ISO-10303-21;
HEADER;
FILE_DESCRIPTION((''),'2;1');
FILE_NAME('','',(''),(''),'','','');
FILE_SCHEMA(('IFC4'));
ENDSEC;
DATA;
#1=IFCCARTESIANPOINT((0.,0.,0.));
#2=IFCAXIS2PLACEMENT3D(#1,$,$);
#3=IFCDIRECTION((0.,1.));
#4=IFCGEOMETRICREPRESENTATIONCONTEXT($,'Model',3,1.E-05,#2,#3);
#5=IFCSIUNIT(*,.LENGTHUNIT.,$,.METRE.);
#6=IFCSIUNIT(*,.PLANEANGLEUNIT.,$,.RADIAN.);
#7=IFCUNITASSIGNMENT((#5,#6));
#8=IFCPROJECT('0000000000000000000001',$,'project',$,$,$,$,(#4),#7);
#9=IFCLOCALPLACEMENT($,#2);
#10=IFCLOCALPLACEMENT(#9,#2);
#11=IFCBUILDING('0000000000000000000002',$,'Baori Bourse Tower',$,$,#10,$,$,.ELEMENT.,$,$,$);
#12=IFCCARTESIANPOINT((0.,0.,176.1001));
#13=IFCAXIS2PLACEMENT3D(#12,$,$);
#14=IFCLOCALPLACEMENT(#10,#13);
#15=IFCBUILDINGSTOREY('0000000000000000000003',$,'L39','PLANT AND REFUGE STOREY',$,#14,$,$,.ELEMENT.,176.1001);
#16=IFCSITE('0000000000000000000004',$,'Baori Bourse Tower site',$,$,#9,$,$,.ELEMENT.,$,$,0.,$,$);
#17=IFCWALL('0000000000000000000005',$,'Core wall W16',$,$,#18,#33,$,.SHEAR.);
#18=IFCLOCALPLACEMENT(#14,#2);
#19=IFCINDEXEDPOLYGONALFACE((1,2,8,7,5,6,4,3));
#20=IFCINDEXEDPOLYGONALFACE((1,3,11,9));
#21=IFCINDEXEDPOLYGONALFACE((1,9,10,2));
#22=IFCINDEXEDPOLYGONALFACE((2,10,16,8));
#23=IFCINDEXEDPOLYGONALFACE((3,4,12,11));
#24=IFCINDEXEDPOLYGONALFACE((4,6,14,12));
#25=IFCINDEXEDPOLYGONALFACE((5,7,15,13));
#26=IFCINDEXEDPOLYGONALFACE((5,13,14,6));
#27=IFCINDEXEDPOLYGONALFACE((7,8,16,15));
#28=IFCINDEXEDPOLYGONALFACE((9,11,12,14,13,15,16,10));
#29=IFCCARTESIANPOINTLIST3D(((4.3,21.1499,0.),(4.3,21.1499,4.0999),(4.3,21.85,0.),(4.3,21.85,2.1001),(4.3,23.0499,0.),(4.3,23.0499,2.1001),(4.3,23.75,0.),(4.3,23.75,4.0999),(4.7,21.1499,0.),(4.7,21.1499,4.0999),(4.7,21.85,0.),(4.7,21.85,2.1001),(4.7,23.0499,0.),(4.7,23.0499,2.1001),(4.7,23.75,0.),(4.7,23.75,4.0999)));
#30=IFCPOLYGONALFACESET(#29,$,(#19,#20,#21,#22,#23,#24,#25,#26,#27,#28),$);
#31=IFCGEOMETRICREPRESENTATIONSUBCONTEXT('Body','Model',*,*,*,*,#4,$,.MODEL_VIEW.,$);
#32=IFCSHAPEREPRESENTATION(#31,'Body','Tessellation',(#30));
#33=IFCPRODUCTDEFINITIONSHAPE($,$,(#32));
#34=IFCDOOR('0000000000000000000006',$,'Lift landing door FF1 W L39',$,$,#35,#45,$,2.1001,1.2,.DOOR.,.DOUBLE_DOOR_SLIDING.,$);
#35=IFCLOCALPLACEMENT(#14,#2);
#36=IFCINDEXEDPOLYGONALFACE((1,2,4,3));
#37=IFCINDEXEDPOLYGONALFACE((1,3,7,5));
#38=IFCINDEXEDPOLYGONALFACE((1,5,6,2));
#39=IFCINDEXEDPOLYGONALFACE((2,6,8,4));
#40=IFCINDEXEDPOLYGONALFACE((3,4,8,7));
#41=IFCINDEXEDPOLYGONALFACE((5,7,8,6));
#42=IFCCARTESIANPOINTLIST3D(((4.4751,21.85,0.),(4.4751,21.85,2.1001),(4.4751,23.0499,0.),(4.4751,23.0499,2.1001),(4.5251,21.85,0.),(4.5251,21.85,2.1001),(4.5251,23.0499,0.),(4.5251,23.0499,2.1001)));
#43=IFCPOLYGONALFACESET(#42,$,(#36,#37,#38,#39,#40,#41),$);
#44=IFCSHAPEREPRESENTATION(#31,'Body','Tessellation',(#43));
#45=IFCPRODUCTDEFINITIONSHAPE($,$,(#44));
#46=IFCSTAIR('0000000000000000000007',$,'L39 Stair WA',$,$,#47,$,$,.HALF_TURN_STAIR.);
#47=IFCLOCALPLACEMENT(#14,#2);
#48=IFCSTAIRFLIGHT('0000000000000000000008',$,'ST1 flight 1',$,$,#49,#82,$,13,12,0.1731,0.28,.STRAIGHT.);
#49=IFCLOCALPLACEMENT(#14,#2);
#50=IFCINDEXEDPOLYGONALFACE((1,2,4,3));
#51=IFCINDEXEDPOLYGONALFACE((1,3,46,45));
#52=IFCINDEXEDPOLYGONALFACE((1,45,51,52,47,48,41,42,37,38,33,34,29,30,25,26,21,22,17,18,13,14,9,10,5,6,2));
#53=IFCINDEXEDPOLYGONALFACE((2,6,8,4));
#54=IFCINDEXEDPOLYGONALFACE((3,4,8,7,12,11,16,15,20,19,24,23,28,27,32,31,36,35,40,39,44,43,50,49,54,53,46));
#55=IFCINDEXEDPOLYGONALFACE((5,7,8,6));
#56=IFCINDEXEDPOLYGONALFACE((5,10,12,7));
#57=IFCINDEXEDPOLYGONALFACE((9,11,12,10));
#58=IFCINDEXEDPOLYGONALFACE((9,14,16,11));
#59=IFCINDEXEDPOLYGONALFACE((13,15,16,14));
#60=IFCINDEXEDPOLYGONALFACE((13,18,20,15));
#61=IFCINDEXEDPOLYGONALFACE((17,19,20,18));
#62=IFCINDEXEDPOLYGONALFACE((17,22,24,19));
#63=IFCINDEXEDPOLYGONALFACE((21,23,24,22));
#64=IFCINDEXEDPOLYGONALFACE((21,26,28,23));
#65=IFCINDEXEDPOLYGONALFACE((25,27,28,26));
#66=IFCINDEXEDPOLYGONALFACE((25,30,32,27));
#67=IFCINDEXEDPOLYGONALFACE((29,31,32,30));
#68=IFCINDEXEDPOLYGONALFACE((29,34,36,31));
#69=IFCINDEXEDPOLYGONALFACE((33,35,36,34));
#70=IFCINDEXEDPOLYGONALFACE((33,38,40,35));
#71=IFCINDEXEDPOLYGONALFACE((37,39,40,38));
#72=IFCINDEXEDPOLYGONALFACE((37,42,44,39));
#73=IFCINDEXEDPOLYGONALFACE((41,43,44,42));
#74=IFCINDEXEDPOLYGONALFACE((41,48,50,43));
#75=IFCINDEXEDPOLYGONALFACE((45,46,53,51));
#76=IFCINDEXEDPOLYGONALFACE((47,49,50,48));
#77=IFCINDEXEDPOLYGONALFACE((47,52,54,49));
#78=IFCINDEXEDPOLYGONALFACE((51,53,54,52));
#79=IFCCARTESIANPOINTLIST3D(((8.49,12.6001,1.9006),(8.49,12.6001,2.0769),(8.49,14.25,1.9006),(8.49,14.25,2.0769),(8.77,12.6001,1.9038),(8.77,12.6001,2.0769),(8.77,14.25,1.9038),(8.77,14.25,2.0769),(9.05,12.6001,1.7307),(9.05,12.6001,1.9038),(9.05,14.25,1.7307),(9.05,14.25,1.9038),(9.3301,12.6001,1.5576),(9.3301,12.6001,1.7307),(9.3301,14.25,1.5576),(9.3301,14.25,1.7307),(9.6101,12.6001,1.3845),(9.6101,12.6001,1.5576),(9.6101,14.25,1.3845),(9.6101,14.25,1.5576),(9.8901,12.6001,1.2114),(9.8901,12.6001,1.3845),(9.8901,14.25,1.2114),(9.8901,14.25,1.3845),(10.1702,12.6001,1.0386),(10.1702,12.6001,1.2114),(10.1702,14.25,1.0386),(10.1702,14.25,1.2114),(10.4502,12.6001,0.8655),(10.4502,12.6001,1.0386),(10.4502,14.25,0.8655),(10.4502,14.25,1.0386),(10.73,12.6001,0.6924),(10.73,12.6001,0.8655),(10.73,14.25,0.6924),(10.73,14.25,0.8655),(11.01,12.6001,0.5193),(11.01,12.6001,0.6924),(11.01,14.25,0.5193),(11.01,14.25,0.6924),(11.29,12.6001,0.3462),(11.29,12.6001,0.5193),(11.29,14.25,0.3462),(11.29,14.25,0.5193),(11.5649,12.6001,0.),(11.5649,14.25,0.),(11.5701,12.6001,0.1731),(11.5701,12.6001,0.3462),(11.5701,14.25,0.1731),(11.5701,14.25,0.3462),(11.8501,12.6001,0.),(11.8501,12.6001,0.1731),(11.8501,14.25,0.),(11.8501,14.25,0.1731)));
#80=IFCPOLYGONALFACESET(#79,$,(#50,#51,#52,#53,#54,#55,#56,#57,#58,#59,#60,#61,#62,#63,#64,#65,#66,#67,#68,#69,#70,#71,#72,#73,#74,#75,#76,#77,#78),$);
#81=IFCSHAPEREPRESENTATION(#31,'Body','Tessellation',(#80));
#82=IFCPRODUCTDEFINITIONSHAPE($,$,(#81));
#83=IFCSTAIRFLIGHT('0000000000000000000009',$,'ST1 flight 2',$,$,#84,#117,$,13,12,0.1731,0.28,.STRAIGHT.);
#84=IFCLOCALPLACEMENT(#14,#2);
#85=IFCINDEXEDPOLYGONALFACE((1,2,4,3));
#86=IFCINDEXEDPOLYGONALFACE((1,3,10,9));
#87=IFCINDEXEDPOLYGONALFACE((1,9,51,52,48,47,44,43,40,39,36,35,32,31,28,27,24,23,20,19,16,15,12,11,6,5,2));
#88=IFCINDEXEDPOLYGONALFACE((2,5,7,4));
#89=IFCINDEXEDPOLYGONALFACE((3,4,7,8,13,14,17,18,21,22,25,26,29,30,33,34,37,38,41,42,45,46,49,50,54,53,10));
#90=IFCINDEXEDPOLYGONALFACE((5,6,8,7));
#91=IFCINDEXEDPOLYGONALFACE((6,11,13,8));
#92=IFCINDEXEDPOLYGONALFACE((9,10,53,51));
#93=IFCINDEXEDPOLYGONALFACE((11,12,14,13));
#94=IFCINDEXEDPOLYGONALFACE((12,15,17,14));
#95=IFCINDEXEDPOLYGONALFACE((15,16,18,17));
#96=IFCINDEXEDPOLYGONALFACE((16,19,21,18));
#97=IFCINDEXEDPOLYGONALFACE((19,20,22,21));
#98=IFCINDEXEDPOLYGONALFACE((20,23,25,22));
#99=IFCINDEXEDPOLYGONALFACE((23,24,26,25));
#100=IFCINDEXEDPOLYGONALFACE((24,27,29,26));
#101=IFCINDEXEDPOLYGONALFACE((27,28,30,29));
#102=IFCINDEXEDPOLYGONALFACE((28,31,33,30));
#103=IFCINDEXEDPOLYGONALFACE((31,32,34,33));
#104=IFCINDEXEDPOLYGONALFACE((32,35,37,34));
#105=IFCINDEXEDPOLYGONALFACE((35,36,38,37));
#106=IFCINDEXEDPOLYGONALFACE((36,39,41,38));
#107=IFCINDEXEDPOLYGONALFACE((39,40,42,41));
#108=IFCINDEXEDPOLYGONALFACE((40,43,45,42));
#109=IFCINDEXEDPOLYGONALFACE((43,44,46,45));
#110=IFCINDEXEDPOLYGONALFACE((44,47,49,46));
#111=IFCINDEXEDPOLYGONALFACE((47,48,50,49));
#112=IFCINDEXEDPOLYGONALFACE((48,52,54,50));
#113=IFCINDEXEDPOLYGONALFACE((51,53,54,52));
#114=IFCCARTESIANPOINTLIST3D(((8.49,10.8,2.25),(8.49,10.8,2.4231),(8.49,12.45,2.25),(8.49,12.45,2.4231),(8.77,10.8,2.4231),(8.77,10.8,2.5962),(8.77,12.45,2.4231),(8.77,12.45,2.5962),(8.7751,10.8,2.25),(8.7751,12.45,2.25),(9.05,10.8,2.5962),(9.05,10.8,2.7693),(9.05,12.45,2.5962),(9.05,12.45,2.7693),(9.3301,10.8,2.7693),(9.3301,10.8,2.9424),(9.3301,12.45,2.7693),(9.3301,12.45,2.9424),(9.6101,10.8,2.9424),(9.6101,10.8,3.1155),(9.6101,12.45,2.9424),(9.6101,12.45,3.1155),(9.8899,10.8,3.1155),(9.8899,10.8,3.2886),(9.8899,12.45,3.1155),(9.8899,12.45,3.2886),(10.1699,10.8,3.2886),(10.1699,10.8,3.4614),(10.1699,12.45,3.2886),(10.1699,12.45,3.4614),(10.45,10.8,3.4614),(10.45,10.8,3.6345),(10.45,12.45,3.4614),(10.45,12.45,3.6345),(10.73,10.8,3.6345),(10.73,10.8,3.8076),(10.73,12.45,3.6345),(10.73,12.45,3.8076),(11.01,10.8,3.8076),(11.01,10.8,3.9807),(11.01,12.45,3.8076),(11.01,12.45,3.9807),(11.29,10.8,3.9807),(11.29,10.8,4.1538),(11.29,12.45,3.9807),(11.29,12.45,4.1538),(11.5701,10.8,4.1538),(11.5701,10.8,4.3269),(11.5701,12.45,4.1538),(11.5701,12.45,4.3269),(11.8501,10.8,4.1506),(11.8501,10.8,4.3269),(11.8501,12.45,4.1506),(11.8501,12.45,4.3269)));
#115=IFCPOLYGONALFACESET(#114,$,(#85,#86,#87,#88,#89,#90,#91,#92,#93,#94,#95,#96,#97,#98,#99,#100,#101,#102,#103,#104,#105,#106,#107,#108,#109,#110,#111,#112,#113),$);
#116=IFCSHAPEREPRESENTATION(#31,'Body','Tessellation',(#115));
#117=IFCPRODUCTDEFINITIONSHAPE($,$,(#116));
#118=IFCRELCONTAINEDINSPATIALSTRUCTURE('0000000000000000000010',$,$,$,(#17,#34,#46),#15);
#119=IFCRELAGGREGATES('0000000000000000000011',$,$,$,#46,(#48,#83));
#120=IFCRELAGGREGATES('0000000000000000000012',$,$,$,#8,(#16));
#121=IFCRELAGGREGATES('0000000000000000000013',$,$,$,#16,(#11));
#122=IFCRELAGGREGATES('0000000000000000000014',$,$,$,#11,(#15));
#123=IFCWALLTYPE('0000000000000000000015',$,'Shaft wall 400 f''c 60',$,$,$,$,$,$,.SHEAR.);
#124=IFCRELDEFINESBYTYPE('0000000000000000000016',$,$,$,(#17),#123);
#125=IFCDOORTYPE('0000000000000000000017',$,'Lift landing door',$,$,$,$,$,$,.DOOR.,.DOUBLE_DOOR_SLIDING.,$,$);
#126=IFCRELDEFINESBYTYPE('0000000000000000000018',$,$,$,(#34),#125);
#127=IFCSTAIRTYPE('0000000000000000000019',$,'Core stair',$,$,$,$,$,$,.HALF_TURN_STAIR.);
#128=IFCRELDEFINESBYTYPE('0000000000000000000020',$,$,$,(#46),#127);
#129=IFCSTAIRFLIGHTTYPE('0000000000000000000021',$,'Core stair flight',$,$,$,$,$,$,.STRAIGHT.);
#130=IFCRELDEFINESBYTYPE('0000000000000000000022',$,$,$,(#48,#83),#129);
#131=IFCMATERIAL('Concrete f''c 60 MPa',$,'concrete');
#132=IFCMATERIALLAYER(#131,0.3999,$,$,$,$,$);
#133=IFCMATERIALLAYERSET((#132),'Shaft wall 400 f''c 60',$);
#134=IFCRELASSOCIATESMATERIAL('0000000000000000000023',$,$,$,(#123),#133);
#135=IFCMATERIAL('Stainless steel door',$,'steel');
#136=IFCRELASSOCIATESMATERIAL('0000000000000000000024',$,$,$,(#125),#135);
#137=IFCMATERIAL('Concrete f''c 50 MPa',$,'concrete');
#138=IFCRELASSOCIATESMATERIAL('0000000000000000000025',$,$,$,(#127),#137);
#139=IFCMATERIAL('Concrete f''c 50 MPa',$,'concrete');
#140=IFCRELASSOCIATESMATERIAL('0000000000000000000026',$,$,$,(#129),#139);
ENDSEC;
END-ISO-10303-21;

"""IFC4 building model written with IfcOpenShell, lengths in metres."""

from ifc_helpers import new_model, si_unit, direction, frame, frame_2d, origin, place, context, subcontext, project, spatial, polyline, rectangle, outline, extrude, material, layer, layer_set, type_object, element, fill, aggregate, save


model = new_model("IFC4")

# Units and contexts
model_context = context("Model", 3, precision=1e-05, world=origin(), true_north=direction((0.0, 1.0)))
body_context = subcontext(model_context, "Body", "Model", "MODEL_VIEW")
ifc_project = project(units=[si_unit("LENGTHUNIT", "METRE"), si_unit("PLANEANGLEUNIT", "RADIAN")], contexts=[model_context])

# Site, building, storey
site_placement = place(None, origin())
site = spatial("IfcSite", under=ifc_project, at=site_placement, Name="Baori Bourse Tower site", CompositionType="ELEMENT", RefElevation=0.0)
building_placement = place(site_placement, origin())
building = spatial("IfcBuilding", under=site, at=building_placement, Name="Baori Bourse Tower", CompositionType="ELEMENT")
storey_placement = place(building_placement, frame((0.0, 0.0, 176.1001)))
storey = spatial("IfcBuildingStorey", under=building, at=storey_placement, Name="L39", Description="PLANT AND REFUGE STOREY", CompositionType="ELEMENT", Elevation=176.1001)

# Shared definitions
ifc_material_1 = material(Name="Concrete f'c 60 MPa", Category="concrete")
ifc_layer_1 = layer(ifc_material_1, 0.3999)
ifc_layer_set_1 = layer_set([ifc_layer_1], Name="Shaft wall 400 f'c 60")
wall_type_1 = type_object("IfcWallType", Name="Shaft wall 400 f'c 60", PredefinedType="SHEAR", material=ifc_layer_set_1)

# Wall, opening, door
wall_1_placement = place(storey_placement, frame((4.5, 21.1499, 0.0), z_axis=(0.0, 0.0, 1.0), x_axis=(0.0, 1.0, 0.0)))
wall_1 = element("IfcWall", 1, at=wall_1_placement, inside=storey, type_object=wall_type_1, Name="Core wall W16", PredefinedType="SHEAR", context=body_context, shape_type="SweptSolid", body=[
    extrude(rectangle(XDim=2.6001, YDim=0.3999, at=frame_2d((1.3, 0.0))), origin(), (0.0, 0.0, 1.0), 4.0999),
])
opening_1_placement = place(wall_1_placement, frame((0.7, 0.0, 0.0)))
opening_1 = element("IfcOpeningElement", 2, at=opening_1_placement, cuts=wall_1, PredefinedType="OPENING", context=body_context, shape_type="SweptSolid", body=[
    extrude(rectangle(XDim=1.2, YDim=2.1001, at=frame_2d((0.6001, 1.05))), frame((0.0, 0.21, 0.0), z_axis=(0.0, -1.0, 0.0), x_axis=(1.0, 0.0, 0.0)), (0.0, 0.0, 1.0), 0.4199),
])
ifc_material_2 = material(Name="Stainless steel door", Category="steel")
door_type_1 = type_object("IfcDoorType", Name="Lift landing door", OperationType="DOUBLE_DOOR_SLIDING", PredefinedType="DOOR", material=ifc_material_2)
door_1_placement = place(opening_1_placement, origin())
door_1 = element("IfcDoor", 3, at=door_1_placement, inside=storey, type_object=door_type_1, Name="Lift landing door FF1 W L39", OperationType="DOUBLE_DOOR_SLIDING", OverallHeight=2.1001, OverallWidth=1.2, PredefinedType="DOOR", context=body_context, shape_type="SweptSolid", body=[
    extrude(rectangle(XDim=1.2, YDim=2.1001, at=frame_2d((0.6001, 1.05))), frame((0.0, 0.0249, 0.0), z_axis=(0.0, -1.0, 0.0), x_axis=(1.0, 0.0, 0.0)), (0.0, 0.0, 1.0), 0.05),
])
fill(opening_1, door_1)

# Stair, stair flights
ifc_material_3 = material(Name="Concrete f'c 50 MPa", Category="concrete")
stair_type = type_object("IfcStairType", Name="Core stair", PredefinedType="HALF_TURN_STAIR", material=ifc_material_3)
stair_placement = place(storey_placement, origin())
stair = element("IfcStair", 4, at=stair_placement, inside=storey, type_object=stair_type, Name="L39 Stair WA", PredefinedType="HALF_TURN_STAIR")
ifc_material_4 = material(Name="Concrete f'c 50 MPa", Category="concrete")
stair_flight_type = type_object("IfcStairFlightType", Name="Core stair flight", PredefinedType="STRAIGHT", material=ifc_material_4)
stair_flight_1_placement = place(storey_placement, frame((11.8501, 13.425, 0.0), z_axis=(0.0, 0.0, 1.0), x_axis=(-1.0, 0.0, 0.0)))
stair_flight_1 = element("IfcStairFlight", 5, at=stair_flight_1_placement, type_object=stair_flight_type, Name="ST1 flight 1", NumberOfRisers=13, NumberOfTreads=12, PredefinedType="STRAIGHT", RiserHeight=0.1731, TreadLength=0.28, context=body_context, shape_type="SweptSolid", body=[
    extrude(outline(polyline([(0.0, 0.0), (0.0, 0.1731), (0.28, 0.1731), (0.28, 0.3462), (0.5601, 0.3462), (0.5601, 0.5193), (0.8401, 0.5193), (0.8401, 0.6924), (1.1201, 0.6924), (1.1201, 0.8655), (1.3999, 0.8655), (1.3999, 1.0386), (1.6799, 1.0386), (1.6799, 1.2114), (1.96, 1.2114), (1.96, 1.3845), (2.24, 1.3845), (2.24, 1.5576), (2.52, 1.5576), (2.52, 1.7307), (2.8, 1.7307), (2.8, 1.9038), (3.0801, 1.9038), (3.0801, 2.0769), (3.3601, 2.0769), (3.3601, 2.25), (3.3601, 1.9006), (0.2852, 0.0), (0.0, 0.0)])), frame((0.0, 0.825, 0.0), z_axis=(0.0, -1.0, 0.0), x_axis=(1.0, 0.0, 0.0)), (0.0, 0.0, 1.0), 1.6499),
])
stair_flight_2_placement = place(storey_placement, frame((8.49, 11.625, 2.25), z_axis=(0.0, 0.0, 1.0), x_axis=(1.0, 0.0, 0.0)))
stair_flight_2 = element("IfcStairFlight", 6, at=stair_flight_2_placement, type_object=stair_flight_type, Name="ST1 flight 2", NumberOfRisers=13, NumberOfTreads=12, PredefinedType="STRAIGHT", RiserHeight=0.1731, TreadLength=0.28, context=body_context, shape_type="SweptSolid", body=[
    extrude(outline(polyline([(0.0, 0.0), (0.0, 0.1731), (0.28, 0.1731), (0.28, 0.3462), (0.5601, 0.3462), (0.5601, 0.5193), (0.8401, 0.5193), (0.8401, 0.6924), (1.1201, 0.6924), (1.1201, 0.8655), (1.3999, 0.8655), (1.3999, 1.0386), (1.6799, 1.0386), (1.6799, 1.2114), (1.96, 1.2114), (1.96, 1.3845), (2.24, 1.3845), (2.24, 1.5576), (2.52, 1.5576), (2.52, 1.7307), (2.8, 1.7307), (2.8, 1.9038), (3.0801, 1.9038), (3.0801, 2.0769), (3.3601, 2.0769), (3.3601, 2.25), (3.3601, 1.9006), (0.2852, 0.0), (0.0, 0.0)])), frame((0.0, 0.825, 0.0), z_axis=(0.0, -1.0, 0.0), x_axis=(1.0, 0.0, 0.0)), (0.0, 0.0, 1.0), 1.6499),
])
aggregate(stair, [stair_flight_1, stair_flight_2])

save(model, "model.ifc")
